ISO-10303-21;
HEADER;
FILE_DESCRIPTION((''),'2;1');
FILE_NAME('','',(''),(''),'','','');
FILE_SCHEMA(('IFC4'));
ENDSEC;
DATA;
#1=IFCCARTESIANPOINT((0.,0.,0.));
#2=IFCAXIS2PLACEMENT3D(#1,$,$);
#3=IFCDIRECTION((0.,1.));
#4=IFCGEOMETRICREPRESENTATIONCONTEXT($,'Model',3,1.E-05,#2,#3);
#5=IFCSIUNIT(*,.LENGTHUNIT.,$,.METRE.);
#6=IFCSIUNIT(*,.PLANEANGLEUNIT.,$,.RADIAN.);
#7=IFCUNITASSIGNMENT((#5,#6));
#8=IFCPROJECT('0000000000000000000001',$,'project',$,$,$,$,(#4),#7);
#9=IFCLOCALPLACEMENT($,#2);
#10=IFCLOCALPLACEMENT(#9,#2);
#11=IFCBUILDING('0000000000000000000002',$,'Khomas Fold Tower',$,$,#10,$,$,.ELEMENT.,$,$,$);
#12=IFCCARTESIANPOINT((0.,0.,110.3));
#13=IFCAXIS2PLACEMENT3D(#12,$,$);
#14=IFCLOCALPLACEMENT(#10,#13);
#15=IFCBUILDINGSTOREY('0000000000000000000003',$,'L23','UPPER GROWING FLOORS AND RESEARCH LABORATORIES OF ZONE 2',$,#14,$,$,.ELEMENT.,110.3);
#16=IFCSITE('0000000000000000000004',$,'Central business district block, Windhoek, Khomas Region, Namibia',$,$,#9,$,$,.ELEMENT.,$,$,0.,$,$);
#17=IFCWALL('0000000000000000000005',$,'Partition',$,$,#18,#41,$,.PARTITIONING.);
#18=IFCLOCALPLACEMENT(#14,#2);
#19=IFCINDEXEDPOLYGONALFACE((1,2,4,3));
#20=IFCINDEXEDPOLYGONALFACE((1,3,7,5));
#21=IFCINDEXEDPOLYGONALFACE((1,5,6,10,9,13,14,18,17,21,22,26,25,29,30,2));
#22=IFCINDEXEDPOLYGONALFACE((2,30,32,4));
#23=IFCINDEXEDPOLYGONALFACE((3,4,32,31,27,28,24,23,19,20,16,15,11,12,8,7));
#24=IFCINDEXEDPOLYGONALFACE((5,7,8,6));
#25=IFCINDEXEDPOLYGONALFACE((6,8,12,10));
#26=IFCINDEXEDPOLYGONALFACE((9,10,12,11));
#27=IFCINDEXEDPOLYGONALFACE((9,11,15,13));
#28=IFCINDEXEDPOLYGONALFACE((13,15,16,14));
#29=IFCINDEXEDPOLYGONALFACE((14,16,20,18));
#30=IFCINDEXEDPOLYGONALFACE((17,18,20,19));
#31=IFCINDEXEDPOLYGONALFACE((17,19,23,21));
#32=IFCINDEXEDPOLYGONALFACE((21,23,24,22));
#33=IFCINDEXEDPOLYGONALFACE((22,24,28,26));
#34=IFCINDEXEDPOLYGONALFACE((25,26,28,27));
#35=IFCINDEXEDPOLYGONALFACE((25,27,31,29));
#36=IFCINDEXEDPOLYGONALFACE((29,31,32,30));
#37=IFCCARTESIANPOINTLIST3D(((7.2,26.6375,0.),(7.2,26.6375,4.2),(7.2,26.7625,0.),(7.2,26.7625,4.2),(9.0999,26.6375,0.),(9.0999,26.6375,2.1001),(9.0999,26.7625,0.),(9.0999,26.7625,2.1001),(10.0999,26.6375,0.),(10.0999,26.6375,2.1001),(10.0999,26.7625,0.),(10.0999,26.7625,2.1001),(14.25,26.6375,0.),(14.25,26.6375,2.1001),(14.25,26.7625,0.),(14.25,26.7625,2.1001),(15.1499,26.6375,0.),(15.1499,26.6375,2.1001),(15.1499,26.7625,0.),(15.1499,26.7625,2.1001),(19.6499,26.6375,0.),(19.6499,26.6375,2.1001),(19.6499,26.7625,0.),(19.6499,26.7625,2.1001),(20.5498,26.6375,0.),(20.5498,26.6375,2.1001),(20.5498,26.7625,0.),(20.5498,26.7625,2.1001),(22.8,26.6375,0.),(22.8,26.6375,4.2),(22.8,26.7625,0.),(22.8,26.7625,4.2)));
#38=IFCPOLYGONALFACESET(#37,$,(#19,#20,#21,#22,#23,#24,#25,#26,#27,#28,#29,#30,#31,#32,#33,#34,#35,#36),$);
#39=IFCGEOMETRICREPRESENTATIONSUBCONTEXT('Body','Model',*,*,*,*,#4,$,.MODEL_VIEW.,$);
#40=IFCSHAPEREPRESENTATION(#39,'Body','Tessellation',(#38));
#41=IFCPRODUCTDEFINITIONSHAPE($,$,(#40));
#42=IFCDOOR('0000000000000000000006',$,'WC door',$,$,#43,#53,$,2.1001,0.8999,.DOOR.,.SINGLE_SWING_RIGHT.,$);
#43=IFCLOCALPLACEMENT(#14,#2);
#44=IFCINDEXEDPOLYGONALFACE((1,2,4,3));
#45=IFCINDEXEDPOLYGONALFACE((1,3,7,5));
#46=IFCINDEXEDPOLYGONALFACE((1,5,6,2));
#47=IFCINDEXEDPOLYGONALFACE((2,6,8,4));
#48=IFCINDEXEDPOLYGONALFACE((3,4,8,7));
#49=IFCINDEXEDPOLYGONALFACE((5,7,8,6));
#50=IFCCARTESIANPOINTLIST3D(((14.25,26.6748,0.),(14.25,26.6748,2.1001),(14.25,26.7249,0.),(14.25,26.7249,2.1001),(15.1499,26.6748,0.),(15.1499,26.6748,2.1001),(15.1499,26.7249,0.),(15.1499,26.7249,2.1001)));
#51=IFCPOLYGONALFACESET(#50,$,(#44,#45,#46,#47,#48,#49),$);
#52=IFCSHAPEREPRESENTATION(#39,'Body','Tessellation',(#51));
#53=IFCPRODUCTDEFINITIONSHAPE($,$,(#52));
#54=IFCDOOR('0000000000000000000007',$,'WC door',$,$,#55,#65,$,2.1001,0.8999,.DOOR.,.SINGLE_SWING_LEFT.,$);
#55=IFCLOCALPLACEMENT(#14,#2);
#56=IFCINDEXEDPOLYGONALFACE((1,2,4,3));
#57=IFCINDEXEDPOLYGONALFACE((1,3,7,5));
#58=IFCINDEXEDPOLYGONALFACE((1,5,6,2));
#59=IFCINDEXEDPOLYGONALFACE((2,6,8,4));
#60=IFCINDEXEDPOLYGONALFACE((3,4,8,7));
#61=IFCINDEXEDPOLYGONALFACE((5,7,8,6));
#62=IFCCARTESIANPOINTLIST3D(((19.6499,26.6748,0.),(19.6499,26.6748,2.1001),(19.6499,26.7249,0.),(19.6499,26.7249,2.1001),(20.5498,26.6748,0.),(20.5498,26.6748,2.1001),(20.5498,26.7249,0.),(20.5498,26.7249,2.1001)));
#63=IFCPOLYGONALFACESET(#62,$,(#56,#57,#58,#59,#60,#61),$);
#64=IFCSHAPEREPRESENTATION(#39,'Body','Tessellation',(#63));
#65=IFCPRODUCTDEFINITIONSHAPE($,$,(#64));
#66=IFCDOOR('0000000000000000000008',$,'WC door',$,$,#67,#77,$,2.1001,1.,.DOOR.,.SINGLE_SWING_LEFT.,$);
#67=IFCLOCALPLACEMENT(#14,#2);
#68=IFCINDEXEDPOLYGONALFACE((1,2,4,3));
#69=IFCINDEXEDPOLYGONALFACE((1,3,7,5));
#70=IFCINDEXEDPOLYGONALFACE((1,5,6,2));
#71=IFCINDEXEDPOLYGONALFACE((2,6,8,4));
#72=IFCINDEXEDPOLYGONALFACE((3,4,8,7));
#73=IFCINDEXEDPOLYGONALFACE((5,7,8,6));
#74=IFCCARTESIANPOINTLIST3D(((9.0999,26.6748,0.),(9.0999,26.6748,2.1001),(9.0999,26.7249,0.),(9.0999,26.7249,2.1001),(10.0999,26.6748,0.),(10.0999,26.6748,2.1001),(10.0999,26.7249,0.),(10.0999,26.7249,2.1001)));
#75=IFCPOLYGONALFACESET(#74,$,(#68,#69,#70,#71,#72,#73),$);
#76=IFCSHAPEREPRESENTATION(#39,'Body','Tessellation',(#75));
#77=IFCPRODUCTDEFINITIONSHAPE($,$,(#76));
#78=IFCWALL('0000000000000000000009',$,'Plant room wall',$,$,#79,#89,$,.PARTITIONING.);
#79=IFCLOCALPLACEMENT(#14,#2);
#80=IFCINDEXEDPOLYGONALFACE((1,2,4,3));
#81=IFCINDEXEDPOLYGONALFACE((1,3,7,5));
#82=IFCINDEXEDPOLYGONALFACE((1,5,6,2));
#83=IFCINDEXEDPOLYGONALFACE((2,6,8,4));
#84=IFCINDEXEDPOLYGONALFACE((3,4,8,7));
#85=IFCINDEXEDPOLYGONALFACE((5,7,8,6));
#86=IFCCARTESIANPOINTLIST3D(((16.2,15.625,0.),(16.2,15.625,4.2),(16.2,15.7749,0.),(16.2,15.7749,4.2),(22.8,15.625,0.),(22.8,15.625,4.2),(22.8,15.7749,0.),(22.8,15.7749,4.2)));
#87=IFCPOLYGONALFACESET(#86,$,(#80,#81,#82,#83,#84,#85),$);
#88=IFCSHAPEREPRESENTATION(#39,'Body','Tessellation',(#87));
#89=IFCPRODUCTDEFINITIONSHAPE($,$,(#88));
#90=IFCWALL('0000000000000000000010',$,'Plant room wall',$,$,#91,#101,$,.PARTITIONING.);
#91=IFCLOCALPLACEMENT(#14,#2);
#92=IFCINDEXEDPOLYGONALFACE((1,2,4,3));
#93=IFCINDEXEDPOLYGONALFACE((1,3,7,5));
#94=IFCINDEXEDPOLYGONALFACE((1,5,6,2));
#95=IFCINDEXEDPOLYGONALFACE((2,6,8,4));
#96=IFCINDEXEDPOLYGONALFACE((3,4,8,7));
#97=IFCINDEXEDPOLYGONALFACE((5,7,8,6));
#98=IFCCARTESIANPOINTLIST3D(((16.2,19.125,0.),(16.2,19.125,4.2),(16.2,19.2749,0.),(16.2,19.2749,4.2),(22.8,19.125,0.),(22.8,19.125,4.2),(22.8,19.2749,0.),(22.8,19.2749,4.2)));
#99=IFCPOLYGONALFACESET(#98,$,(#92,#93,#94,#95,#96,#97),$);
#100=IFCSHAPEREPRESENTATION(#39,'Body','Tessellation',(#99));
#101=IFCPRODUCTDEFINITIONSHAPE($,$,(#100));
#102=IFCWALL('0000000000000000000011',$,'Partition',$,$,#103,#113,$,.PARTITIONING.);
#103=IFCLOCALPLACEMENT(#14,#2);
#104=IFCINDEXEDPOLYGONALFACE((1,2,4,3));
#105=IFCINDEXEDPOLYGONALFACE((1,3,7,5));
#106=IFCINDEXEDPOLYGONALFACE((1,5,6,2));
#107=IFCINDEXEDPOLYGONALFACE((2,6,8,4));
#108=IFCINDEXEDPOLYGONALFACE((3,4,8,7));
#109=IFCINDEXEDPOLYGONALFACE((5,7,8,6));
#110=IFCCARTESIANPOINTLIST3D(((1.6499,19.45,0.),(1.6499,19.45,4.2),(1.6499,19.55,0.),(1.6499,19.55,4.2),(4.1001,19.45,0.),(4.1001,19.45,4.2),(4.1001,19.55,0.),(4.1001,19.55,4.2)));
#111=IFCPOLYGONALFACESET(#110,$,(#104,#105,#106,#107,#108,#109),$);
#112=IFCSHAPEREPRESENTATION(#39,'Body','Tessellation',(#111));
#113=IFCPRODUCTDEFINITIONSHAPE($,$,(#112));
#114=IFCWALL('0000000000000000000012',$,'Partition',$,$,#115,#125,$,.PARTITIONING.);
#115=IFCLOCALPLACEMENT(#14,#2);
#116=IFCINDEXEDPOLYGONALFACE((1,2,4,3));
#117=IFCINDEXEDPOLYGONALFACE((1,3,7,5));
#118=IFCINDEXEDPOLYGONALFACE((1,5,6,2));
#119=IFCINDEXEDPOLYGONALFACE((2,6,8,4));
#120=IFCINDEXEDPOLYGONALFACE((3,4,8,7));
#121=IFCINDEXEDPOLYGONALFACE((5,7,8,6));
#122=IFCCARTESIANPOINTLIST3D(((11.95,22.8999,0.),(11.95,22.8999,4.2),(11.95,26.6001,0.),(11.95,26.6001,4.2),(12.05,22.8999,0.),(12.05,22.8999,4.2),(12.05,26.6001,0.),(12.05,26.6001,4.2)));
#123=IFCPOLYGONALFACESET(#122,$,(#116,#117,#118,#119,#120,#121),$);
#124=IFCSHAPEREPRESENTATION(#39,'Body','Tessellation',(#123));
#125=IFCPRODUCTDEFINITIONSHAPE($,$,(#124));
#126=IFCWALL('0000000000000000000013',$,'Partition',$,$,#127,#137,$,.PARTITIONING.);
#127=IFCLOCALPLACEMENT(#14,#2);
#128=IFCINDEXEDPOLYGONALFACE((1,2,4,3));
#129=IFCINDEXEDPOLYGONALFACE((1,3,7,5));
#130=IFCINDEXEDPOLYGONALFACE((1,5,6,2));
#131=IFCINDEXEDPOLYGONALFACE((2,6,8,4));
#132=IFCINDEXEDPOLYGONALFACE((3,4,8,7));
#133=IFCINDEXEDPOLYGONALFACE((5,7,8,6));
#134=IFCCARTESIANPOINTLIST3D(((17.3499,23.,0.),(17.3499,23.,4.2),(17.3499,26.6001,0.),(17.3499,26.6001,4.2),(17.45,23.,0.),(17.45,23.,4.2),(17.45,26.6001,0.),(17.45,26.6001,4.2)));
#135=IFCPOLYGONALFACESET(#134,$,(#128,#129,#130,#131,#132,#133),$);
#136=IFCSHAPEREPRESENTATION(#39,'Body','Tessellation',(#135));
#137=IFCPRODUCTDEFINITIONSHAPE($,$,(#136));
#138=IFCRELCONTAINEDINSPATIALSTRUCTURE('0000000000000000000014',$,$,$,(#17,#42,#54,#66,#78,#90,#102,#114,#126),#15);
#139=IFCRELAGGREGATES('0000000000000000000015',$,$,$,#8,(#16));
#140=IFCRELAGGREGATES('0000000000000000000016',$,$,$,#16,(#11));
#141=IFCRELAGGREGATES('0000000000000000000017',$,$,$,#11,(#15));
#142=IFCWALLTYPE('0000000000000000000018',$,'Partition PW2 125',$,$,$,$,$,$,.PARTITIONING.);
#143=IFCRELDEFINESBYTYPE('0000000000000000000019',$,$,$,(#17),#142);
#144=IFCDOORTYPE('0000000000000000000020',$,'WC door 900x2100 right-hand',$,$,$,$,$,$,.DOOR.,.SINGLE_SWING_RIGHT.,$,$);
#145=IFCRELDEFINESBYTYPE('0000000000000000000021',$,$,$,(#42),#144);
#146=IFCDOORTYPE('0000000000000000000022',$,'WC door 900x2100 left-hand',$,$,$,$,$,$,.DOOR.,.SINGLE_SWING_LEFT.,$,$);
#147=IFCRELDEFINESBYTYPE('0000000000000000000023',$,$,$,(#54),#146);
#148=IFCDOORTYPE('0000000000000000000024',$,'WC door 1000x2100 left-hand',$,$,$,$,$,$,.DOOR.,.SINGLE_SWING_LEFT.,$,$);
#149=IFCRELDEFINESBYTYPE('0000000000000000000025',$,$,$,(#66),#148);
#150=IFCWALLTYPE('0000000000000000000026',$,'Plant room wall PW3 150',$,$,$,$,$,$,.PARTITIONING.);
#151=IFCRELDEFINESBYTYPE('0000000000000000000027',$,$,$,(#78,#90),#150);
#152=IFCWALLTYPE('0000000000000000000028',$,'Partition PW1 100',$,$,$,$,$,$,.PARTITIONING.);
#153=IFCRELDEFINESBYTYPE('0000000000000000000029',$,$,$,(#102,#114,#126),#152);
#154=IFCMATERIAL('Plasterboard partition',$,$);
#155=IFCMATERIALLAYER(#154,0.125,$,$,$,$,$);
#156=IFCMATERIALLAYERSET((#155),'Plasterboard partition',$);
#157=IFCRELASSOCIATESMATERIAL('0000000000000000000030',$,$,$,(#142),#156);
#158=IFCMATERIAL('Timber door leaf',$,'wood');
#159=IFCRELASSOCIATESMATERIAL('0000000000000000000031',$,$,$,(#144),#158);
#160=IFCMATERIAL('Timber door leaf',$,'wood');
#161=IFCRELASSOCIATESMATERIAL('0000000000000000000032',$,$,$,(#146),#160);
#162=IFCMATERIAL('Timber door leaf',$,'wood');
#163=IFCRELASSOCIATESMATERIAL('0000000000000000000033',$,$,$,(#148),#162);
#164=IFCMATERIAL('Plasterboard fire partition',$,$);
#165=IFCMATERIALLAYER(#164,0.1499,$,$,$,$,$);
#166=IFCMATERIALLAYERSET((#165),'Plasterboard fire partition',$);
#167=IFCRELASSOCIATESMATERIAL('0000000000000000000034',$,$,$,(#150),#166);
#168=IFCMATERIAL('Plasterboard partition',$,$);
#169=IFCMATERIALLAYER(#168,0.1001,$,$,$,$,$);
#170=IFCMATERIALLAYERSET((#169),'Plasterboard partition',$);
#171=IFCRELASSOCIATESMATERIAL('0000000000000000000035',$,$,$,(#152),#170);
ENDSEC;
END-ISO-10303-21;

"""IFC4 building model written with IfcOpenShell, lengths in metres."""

from ifc_helpers import new_model, si_unit, direction, frame, frame_2d, origin, place, context, subcontext, project, spatial, rectangle, extrude, source, transform, mapped, material, layer, layer_set, type_object, element, fill, save


model = new_model("IFC4")

# Units and contexts
model_context = context("Model", 3, precision=1e-05, world=origin(), true_north=direction((0.0, 1.0)))
body_context = subcontext(model_context, "Body", "Model", "MODEL_VIEW")
ifc_project = project(units=[si_unit("LENGTHUNIT", "METRE"), si_unit("PLANEANGLEUNIT", "RADIAN")], contexts=[model_context])

# Site, building, storey
site_placement = place(None, origin())
site = spatial("IfcSite", under=ifc_project, at=site_placement, Name="Central business district block, Windhoek, Khomas Region, Namibia", CompositionType="ELEMENT", RefElevation=0.0)
building_placement = place(site_placement, origin())
building = spatial("IfcBuilding", under=site, at=building_placement, Name="Khomas Fold Tower", CompositionType="ELEMENT")
storey_placement = place(building_placement, frame((0.0, 0.0, 110.3)))
storey = spatial("IfcBuildingStorey", under=building, at=storey_placement, Name="L23", Description="UPPER GROWING FLOORS AND RESEARCH LABORATORIES OF ZONE 2", CompositionType="ELEMENT", Elevation=110.3)

# Wall, openings, doors
ifc_material_1 = material(Name="Plasterboard partition")
ifc_layer_1 = layer(ifc_material_1, 0.125)
ifc_layer_set_1 = layer_set([ifc_layer_1], Name="Plasterboard partition")
wall_type_1 = type_object("IfcWallType", Name="Partition PW2 125", PredefinedType="PARTITIONING", material=ifc_layer_set_1)
shared_shape_1 = source(origin(), body_context, "Body", "SweptSolid", [
    extrude(rectangle(XDim=15.6001, YDim=0.125, at=frame_2d((7.8, 0.0))), origin(), (0.0, 0.0, 1.0), 4.2),
])
wall_1_placement = place(storey_placement, frame((7.2, 26.7, 0.0), z_axis=(0.0, 0.0, 1.0), x_axis=(1.0, 0.0, 0.0)))
wall_1 = element("IfcWall", 1, at=wall_1_placement, inside=storey, type_object=wall_type_1, Name="Partition", PredefinedType="PARTITIONING", context=body_context, shape_type="MappedRepresentation", body=[
    mapped(shared_shape_1, transform((0.0, 0.0, 0.0))),
])
shared_shape_2 = source(origin(), body_context, "Body", "SweptSolid", [
    extrude(rectangle(XDim=1.0, YDim=2.1001, at=frame_2d((0.5, 1.05))), frame((0.0, 0.0725, 0.0), z_axis=(0.0, -1.0, 0.0), x_axis=(1.0, 0.0, 0.0)), (0.0, 0.0, 1.0), 0.145),
])
opening_1_placement = place(wall_1_placement, frame((1.8999, 0.0, 0.0)))
opening_1 = element("IfcOpeningElement", 2, at=opening_1_placement, cuts=wall_1, PredefinedType="OPENING", context=body_context, shape_type="MappedRepresentation", body=[
    mapped(shared_shape_2, transform((0.0, 0.0, 0.0))),
])
shared_shape_3 = source(origin(), body_context, "Body", "SweptSolid", [
    extrude(rectangle(XDim=0.8999, YDim=2.1001, at=frame_2d((0.45, 1.05))), frame((0.0, 0.0725, 0.0), z_axis=(0.0, -1.0, 0.0), x_axis=(1.0, 0.0, 0.0)), (0.0, 0.0, 1.0), 0.145),
])
opening_2_placement = place(wall_1_placement, frame((7.05, 0.0, 0.0)))
opening_2 = element("IfcOpeningElement", 3, at=opening_2_placement, cuts=wall_1, PredefinedType="OPENING", context=body_context, shape_type="MappedRepresentation", body=[
    mapped(shared_shape_3, transform((0.0, 0.0, 0.0))),
])
opening_3_placement = place(wall_1_placement, frame((12.45, 0.0, 0.0)))
opening_3 = element("IfcOpeningElement", 4, at=opening_3_placement, cuts=wall_1, PredefinedType="OPENING", context=body_context, shape_type="MappedRepresentation", body=[
    mapped(shared_shape_3, transform((0.0, 0.0, 0.0))),
])
ifc_material_2 = material(Name="Timber door leaf", Category="wood")
door_type_1 = type_object("IfcDoorType", Name="WC door 900x2100 right-hand", OperationType="SINGLE_SWING_RIGHT", PredefinedType="DOOR", material=ifc_material_2)
shared_shape_4 = source(origin(), body_context, "Body", "SweptSolid", [
    extrude(rectangle(XDim=0.8999, YDim=2.1001, at=frame_2d((0.45, 1.05))), frame((0.0, 0.0249, 0.0), z_axis=(0.0, -1.0, 0.0), x_axis=(1.0, 0.0, 0.0)), (0.0, 0.0, 1.0), 0.05),
])
door_1_placement = place(opening_2_placement, origin())
door_1 = element("IfcDoor", 5, at=door_1_placement, inside=storey, type_object=door_type_1, Name="WC door", OperationType="SINGLE_SWING_RIGHT", OverallHeight=2.1001, OverallWidth=0.8999, PredefinedType="DOOR", context=body_context, shape_type="MappedRepresentation", body=[
    mapped(shared_shape_4, transform((0.0, 0.0, 0.0))),
])
fill(opening_2, door_1)
ifc_material_3 = material(Name="Timber door leaf", Category="wood")
door_type_2 = type_object("IfcDoorType", Name="WC door 900x2100 left-hand", OperationType="SINGLE_SWING_LEFT", PredefinedType="DOOR", material=ifc_material_3)
door_2_placement = place(opening_3_placement, origin())
door_2 = element("IfcDoor", 6, at=door_2_placement, inside=storey, type_object=door_type_2, Name="WC door", OperationType="SINGLE_SWING_LEFT", OverallHeight=2.1001, OverallWidth=0.8999, PredefinedType="DOOR", context=body_context, shape_type="MappedRepresentation", body=[
    mapped(shared_shape_4, transform((0.0, 0.0, 0.0))),
])
fill(opening_3, door_2)
ifc_material_4 = material(Name="Timber door leaf", Category="wood")
door_type_3 = type_object("IfcDoorType", Name="WC door 1000x2100 left-hand", OperationType="SINGLE_SWING_LEFT", PredefinedType="DOOR", material=ifc_material_4)
shared_shape_5 = source(origin(), body_context, "Body", "SweptSolid", [
    extrude(rectangle(XDim=1.0, YDim=2.1001, at=frame_2d((0.5, 1.05))), frame((0.0, 0.0249, 0.0), z_axis=(0.0, -1.0, 0.0), x_axis=(1.0, 0.0, 0.0)), (0.0, 0.0, 1.0), 0.05),
])
door_3_placement = place(opening_1_placement, origin())
door_3 = element("IfcDoor", 7, at=door_3_placement, inside=storey, type_object=door_type_3, Name="WC door", OperationType="SINGLE_SWING_LEFT", OverallHeight=2.1001, OverallWidth=1.0, PredefinedType="DOOR", context=body_context, shape_type="MappedRepresentation", body=[
    mapped(shared_shape_5, transform((0.0, 0.0, 0.0))),
])
fill(opening_1, door_3)

# Walls
ifc_material_5 = material(Name="Plasterboard fire partition")
ifc_layer_2 = layer(ifc_material_5, 0.1499)
ifc_layer_set_2 = layer_set([ifc_layer_2], Name="Plasterboard fire partition")
wall_type_2 = type_object("IfcWallType", Name="Plant room wall PW3 150", PredefinedType="PARTITIONING", material=ifc_layer_set_2)
shared_shape_6 = source(origin(), body_context, "Body", "SweptSolid", [
    extrude(rectangle(XDim=6.6001, YDim=0.1499, at=frame_2d((3.3, 0.0))), origin(), (0.0, 0.0, 1.0), 4.2),
])
for number, where, z_axis, x_axis, name in (
    (8, (16.2, 15.7, 0.0), (0.0, 0.0, 1.0), (1.0, 0.0, 0.0), "Plant room wall"),
    (9, (16.2, 19.2, 0.0), (0.0, 0.0, 1.0), (1.0, 0.0, 0.0), "Plant room wall"),
):
    element("IfcWall", number, at=place(storey_placement, frame(where, z_axis=z_axis, x_axis=x_axis)), inside=storey, type_object=wall_type_2, Name=name, PredefinedType="PARTITIONING", context=body_context, shape_type="MappedRepresentation", body=[
        mapped(shared_shape_6, transform((0.0, 0.0, 0.0))),
    ])
ifc_material_6 = material(Name="Plasterboard partition")
ifc_layer_3 = layer(ifc_material_6, 0.1001)
ifc_layer_set_3 = layer_set([ifc_layer_3], Name="Plasterboard partition")
wall_type_3 = type_object("IfcWallType", Name="Partition PW1 100", PredefinedType="PARTITIONING", material=ifc_layer_set_3)
shared_shape_7 = source(origin(), body_context, "Body", "SweptSolid", [
    extrude(rectangle(XDim=2.4502, YDim=0.1001, at=frame_2d((1.2251, 0.0))), origin(), (0.0, 0.0, 1.0), 4.2),
])
wall_2_placement = place(storey_placement, frame((1.6499, 19.5, 0.0), z_axis=(0.0, 0.0, 1.0), x_axis=(1.0, 0.0, 0.0)))
element("IfcWall", 10, at=wall_2_placement, inside=storey, type_object=wall_type_3, Name="Partition", PredefinedType="PARTITIONING", context=body_context, shape_type="MappedRepresentation", body=[
    mapped(shared_shape_7, transform((0.0, 0.0, 0.0))),
])
shared_shape_8 = source(origin(), body_context, "Body", "SweptSolid", [
    extrude(rectangle(XDim=3.7002, YDim=0.1001, at=frame_2d((1.8501, 0.0))), origin(), (0.0, 0.0, 1.0), 4.2),
])
wall_3_placement = place(storey_placement, frame((12.0, 22.8999, 0.0), z_axis=(0.0, 0.0, 1.0), x_axis=(0.0, 1.0, 0.0)))
element("IfcWall", 11, at=wall_3_placement, inside=storey, type_object=wall_type_3, Name="Partition", PredefinedType="PARTITIONING", context=body_context, shape_type="MappedRepresentation", body=[
    mapped(shared_shape_8, transform((0.0, 0.0, 0.0))),
])
shared_shape_9 = source(origin(), body_context, "Body", "SweptSolid", [
    extrude(rectangle(XDim=3.6001, YDim=0.1001, at=frame_2d((1.8, 0.0))), origin(), (0.0, 0.0, 1.0), 4.2),
])
wall_4_placement = place(storey_placement, frame((17.3999, 23.0, 0.0), z_axis=(0.0, 0.0, 1.0), x_axis=(0.0, 1.0, 0.0)))
element("IfcWall", 12, at=wall_4_placement, inside=storey, type_object=wall_type_3, Name="Partition", PredefinedType="PARTITIONING", context=body_context, shape_type="MappedRepresentation", body=[
    mapped(shared_shape_9, transform((0.0, 0.0, 0.0))),
])

save(model, "model.ifc")
